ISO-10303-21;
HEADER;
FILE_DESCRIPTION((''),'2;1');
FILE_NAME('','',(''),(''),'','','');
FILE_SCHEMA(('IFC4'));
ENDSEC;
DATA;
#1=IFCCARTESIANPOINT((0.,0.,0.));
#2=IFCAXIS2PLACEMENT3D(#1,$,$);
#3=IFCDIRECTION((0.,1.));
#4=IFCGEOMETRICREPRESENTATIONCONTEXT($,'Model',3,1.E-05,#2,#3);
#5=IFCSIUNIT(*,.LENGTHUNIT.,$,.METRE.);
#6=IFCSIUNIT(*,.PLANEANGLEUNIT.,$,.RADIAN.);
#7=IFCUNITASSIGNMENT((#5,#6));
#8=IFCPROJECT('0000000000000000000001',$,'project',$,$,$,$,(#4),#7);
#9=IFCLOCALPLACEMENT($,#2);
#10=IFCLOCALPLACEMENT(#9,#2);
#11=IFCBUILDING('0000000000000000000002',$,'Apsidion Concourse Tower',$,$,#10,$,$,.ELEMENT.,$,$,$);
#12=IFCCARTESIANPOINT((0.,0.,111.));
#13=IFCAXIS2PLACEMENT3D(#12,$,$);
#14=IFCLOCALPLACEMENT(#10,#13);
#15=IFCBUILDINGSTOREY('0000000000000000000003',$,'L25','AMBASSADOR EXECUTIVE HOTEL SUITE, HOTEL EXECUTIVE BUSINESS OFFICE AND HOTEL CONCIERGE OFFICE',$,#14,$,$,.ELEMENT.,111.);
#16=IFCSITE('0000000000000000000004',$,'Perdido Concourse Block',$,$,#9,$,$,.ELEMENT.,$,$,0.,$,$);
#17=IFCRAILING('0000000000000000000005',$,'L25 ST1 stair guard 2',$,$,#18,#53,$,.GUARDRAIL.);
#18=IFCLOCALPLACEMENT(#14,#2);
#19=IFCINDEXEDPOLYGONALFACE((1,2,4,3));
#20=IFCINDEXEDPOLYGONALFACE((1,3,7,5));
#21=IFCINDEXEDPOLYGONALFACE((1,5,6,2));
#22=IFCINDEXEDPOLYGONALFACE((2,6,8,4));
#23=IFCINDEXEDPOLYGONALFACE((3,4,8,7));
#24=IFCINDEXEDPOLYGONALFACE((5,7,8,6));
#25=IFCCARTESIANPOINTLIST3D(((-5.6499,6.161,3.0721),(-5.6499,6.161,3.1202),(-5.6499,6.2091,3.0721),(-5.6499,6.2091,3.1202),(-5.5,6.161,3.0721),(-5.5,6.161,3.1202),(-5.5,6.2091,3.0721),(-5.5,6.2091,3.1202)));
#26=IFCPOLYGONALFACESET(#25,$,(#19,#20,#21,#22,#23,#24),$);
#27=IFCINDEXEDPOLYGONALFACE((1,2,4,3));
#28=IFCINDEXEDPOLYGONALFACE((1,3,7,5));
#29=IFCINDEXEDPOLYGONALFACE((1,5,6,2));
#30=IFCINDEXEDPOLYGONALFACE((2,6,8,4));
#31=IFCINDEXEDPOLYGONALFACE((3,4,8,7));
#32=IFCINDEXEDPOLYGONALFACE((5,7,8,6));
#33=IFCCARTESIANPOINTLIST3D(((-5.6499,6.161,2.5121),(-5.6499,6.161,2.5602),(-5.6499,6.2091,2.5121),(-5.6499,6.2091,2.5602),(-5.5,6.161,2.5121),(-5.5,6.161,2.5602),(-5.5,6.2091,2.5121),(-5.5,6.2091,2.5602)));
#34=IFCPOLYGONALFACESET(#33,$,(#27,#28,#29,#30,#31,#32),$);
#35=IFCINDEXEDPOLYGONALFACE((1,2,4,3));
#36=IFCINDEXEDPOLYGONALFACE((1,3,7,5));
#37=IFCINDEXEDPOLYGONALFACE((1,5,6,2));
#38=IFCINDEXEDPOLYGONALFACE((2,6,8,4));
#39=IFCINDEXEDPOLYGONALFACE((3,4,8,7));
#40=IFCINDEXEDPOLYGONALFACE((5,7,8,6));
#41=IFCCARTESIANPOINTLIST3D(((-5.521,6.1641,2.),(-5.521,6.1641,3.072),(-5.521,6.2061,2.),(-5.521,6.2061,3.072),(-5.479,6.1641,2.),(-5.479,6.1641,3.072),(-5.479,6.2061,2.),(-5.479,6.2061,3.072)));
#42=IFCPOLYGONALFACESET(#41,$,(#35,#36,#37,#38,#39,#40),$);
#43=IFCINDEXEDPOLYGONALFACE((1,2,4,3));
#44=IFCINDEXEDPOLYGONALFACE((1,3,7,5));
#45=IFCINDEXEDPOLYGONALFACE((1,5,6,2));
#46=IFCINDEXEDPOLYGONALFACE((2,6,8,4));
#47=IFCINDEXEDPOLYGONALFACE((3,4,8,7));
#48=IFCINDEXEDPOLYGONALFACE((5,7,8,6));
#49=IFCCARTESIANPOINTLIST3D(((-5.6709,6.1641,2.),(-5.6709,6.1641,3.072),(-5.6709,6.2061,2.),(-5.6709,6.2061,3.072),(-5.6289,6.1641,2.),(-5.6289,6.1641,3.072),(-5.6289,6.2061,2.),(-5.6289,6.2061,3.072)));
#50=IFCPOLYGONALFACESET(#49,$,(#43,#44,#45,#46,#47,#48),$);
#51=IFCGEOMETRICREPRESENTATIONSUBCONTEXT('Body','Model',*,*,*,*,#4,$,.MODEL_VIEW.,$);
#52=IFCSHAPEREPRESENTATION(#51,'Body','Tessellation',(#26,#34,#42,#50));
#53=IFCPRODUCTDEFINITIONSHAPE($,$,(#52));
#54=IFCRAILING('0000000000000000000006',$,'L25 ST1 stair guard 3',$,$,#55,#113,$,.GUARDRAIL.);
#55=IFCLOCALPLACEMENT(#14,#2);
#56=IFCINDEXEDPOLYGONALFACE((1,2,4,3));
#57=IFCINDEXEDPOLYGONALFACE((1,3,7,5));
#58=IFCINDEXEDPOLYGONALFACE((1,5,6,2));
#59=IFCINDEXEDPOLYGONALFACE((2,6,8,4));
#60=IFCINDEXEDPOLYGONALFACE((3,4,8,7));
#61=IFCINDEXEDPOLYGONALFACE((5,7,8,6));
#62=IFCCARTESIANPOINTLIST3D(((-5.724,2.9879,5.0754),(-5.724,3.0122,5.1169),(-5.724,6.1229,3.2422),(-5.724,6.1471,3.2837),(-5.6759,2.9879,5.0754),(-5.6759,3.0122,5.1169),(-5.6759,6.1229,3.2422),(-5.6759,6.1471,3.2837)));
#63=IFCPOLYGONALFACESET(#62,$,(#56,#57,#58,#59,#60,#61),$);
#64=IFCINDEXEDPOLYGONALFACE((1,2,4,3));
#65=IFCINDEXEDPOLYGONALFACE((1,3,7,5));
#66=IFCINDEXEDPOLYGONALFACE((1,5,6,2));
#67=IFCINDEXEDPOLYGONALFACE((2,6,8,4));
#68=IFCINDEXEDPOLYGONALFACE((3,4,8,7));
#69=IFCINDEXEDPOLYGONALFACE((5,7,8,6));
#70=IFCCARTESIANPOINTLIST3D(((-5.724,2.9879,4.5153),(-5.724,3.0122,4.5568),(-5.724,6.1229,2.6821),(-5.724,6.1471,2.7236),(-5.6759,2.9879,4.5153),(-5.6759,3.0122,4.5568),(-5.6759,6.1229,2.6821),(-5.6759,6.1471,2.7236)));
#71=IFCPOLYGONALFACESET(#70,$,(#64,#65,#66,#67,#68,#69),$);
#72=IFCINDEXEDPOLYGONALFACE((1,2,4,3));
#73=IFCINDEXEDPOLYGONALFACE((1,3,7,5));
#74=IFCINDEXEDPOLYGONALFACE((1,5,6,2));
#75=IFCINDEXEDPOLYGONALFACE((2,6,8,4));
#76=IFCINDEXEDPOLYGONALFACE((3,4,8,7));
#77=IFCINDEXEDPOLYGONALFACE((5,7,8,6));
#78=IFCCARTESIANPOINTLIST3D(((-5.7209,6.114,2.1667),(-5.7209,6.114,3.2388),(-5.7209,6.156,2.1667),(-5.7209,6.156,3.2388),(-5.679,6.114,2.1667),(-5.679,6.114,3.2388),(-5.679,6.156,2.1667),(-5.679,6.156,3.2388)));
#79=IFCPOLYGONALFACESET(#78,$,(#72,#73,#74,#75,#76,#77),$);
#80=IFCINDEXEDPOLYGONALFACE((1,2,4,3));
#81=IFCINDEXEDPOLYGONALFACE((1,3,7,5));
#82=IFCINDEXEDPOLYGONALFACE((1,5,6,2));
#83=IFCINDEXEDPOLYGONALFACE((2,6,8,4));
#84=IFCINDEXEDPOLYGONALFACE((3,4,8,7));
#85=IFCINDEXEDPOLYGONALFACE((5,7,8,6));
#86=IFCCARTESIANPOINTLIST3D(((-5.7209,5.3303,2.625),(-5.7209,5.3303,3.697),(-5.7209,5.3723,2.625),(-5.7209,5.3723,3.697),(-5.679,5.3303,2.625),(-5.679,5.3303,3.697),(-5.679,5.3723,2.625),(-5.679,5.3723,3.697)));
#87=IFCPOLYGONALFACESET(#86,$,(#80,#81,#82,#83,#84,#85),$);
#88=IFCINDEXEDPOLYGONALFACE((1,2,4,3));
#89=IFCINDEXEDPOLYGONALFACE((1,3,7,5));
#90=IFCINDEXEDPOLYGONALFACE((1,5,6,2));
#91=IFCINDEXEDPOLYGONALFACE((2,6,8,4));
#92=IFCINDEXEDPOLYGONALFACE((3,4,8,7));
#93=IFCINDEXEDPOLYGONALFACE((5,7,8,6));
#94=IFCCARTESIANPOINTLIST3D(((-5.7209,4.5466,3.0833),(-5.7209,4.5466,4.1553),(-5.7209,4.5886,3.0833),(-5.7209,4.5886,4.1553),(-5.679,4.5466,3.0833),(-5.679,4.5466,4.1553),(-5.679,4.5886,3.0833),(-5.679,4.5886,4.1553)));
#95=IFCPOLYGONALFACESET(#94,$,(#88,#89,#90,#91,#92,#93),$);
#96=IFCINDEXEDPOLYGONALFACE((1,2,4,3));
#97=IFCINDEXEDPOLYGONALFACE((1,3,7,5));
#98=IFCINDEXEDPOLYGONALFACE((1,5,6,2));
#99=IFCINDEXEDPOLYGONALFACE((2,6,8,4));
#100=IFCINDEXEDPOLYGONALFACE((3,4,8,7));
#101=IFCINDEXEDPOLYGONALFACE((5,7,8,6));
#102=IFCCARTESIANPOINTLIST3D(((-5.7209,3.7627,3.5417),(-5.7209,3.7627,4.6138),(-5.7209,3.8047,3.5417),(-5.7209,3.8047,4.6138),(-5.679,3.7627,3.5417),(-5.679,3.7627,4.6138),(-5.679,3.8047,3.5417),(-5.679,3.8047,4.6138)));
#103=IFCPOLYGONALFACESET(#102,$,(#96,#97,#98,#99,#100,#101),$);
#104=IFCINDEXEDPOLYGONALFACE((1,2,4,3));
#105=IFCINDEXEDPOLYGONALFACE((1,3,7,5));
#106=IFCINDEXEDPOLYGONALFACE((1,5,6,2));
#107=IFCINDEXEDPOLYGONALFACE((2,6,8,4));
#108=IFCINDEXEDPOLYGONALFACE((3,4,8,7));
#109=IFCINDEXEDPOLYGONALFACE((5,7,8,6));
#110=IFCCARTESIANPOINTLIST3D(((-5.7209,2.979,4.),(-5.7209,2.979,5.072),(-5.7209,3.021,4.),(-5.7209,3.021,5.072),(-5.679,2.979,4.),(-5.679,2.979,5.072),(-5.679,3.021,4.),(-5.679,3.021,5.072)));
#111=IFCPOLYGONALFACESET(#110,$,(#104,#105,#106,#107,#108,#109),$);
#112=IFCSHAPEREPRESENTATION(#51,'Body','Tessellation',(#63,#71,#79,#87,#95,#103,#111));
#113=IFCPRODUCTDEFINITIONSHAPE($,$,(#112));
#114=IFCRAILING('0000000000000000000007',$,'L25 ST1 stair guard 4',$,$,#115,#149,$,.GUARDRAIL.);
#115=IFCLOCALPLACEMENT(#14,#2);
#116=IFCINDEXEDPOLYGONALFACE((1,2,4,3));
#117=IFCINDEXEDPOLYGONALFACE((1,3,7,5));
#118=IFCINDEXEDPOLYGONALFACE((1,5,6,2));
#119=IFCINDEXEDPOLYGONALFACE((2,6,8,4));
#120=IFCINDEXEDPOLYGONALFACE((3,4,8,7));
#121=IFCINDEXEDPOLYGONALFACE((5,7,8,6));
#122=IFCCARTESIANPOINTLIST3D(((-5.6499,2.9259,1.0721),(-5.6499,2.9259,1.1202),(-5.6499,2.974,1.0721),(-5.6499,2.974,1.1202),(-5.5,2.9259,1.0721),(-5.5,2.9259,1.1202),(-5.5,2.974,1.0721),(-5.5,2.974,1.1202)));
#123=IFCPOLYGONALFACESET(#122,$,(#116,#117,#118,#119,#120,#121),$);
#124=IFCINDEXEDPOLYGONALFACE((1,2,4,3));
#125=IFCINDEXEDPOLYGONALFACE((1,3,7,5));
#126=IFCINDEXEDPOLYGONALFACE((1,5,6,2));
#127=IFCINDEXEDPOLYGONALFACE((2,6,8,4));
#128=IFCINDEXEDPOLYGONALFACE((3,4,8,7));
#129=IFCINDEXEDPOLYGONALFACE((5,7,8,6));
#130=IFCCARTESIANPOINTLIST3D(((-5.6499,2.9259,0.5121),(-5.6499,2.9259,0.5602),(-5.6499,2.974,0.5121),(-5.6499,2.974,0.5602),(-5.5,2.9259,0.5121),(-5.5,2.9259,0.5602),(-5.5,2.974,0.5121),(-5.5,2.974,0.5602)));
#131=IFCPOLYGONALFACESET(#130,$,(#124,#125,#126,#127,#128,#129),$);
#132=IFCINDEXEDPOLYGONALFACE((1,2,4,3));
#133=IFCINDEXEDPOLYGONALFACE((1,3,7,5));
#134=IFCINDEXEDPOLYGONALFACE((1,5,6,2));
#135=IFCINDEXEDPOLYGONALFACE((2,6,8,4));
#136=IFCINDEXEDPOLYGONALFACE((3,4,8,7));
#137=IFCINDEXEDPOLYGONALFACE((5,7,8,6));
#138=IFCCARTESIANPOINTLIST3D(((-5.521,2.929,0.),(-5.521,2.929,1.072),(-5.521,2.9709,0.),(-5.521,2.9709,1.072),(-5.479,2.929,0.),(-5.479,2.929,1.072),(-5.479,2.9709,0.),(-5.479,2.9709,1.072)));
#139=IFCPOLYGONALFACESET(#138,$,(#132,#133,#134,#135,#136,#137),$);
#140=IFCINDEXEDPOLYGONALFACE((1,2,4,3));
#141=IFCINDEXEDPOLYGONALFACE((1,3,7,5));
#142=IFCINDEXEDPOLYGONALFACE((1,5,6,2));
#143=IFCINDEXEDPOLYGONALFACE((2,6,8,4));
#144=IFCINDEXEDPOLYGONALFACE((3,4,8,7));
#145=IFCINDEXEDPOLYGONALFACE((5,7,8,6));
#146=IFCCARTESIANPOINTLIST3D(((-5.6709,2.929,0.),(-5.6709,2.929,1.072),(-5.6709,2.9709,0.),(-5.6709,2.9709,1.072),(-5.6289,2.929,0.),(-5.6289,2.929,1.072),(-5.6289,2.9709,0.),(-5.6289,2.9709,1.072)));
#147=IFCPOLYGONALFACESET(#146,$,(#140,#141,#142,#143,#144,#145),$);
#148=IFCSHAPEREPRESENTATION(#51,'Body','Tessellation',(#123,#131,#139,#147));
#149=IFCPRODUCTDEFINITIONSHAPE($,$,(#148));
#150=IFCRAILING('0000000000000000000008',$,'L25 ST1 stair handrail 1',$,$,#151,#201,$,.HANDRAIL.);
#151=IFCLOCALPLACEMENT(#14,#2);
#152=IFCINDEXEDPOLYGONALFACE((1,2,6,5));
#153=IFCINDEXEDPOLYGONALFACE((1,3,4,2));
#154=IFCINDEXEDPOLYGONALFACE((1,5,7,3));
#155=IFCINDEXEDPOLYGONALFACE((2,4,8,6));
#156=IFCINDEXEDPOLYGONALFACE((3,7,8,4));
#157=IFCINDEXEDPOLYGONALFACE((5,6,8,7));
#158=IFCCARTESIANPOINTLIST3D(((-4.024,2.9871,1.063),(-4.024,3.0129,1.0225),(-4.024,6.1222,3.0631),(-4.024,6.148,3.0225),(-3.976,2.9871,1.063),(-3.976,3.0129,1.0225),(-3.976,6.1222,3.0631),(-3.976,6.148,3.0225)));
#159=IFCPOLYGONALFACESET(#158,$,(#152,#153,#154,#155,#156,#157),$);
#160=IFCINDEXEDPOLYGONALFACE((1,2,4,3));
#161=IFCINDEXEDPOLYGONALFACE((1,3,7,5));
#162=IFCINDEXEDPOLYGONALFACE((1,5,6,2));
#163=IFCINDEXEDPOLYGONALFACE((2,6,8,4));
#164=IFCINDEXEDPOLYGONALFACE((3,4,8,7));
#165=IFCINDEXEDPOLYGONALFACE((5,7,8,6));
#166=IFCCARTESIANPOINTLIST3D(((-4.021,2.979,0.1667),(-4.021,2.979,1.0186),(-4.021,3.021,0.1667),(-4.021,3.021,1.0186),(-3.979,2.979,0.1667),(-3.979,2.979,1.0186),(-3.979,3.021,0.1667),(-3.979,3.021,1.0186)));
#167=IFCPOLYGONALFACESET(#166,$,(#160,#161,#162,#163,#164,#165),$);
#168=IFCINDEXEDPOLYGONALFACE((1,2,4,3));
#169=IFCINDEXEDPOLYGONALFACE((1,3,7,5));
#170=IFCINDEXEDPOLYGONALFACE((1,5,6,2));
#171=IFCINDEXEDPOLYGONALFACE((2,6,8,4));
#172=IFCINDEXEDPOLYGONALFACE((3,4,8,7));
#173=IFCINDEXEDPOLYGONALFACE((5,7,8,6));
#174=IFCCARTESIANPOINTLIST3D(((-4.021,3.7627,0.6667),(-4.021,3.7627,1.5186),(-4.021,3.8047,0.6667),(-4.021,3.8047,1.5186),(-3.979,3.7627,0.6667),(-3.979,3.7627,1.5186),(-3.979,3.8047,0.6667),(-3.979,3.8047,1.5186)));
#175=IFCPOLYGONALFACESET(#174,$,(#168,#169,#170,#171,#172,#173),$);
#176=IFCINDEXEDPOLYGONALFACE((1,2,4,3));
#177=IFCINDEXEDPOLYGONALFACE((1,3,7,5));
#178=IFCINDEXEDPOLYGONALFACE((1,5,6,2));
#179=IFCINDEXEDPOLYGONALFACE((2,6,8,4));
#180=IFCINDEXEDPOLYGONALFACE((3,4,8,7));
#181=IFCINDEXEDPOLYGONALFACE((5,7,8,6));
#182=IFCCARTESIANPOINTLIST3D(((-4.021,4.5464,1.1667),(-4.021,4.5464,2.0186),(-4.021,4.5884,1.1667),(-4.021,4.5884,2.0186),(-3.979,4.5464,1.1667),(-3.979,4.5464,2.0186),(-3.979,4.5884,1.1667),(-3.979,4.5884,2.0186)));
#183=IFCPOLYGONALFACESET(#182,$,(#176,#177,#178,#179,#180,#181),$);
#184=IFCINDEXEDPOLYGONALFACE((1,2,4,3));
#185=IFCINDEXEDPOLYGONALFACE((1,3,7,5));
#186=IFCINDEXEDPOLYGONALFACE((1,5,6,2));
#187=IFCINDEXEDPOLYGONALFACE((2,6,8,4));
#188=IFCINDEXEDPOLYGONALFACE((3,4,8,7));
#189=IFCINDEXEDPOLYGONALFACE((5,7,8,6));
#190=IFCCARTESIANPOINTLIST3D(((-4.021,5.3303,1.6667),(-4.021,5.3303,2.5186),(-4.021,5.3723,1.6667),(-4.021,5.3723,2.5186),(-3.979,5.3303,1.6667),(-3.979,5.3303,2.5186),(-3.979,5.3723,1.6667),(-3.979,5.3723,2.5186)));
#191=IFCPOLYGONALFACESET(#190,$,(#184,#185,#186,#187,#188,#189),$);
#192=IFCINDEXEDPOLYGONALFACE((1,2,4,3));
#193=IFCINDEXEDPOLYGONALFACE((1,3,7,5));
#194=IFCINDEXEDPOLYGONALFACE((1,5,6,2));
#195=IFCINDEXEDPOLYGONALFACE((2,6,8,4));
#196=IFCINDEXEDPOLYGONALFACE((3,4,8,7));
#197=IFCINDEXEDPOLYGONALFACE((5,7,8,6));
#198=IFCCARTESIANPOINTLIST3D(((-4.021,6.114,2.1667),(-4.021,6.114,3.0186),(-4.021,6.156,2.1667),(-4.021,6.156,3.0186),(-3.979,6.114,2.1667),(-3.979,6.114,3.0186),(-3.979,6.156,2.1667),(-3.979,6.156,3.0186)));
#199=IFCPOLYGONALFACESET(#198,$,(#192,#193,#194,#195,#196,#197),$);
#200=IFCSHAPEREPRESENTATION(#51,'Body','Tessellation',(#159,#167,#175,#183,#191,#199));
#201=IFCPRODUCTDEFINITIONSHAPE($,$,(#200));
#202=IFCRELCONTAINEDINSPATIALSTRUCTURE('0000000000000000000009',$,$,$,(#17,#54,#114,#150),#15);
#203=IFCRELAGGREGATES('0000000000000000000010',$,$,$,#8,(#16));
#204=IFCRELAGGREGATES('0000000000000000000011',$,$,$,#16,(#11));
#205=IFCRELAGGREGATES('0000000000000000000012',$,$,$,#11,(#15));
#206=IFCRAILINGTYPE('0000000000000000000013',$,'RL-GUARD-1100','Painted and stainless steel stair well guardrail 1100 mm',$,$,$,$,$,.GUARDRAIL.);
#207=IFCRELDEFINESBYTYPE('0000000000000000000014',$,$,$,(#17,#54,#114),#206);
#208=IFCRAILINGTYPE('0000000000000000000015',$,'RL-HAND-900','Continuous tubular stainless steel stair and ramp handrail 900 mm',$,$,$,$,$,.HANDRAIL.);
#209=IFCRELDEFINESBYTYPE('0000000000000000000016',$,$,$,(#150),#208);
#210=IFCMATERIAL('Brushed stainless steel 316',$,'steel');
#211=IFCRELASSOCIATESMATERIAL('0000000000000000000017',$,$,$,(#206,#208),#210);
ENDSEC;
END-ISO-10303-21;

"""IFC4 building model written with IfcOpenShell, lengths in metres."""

from ifc_helpers import new_model, si_unit, direction, frame, origin, origin_2d, place, context, subcontext, project, spatial, rectangle, extrude, material, type_object, element, save


model = new_model("IFC4")

# Units and contexts
model_context = context("Model", 3, precision=1e-05, world=origin(), true_north=direction((0.0, 1.0)))
body_context = subcontext(model_context, "Body", "Model", "MODEL_VIEW")
ifc_project = project(units=[si_unit("LENGTHUNIT", "METRE"), si_unit("PLANEANGLEUNIT", "RADIAN")], contexts=[model_context])

# Site, building, storey
site_placement = place(None, origin())
site = spatial("IfcSite", under=ifc_project, at=site_placement, Name="Perdido Concourse Block", CompositionType="ELEMENT", RefElevation=0.0)
building_placement = place(site_placement, origin())
building = spatial("IfcBuilding", under=site, at=building_placement, Name="Apsidion Concourse Tower", CompositionType="ELEMENT")
storey_placement = place(building_placement, frame((0.0, 0.0, 111.0)))
storey = spatial("IfcBuildingStorey", under=building, at=storey_placement, Name="L25", Description="AMBASSADOR EXECUTIVE HOTEL SUITE, HOTEL EXECUTIVE BUSINESS OFFICE AND HOTEL CONCIERGE OFFICE", CompositionType="ELEMENT", Elevation=111.0)

# Railings
ifc_material_1 = material(Name="Brushed stainless steel 316", Category="steel")
railing_type_1 = type_object("IfcRailingType", Name="RL-GUARD-1100", Description="Painted and stainless steel stair well guardrail 1100 mm", PredefinedType="GUARDRAIL", material=ifc_material_1)
railing_1_placement = place(storey_placement, frame((-5.5, 6.1851, 2.0)))
element("IfcRailing", 1, at=railing_1_placement, inside=storey, type_object=railing_type_1, Name="L25 ST1 stair guard 2", PredefinedType="GUARDRAIL", context=body_context, shape_type="SweptSolid", body=[
    extrude(rectangle(XDim=0.0481, YDim=0.0481, at=origin_2d()), frame((0.0, 0.0, 1.0962), z_axis=(-1.0, 0.0, 0.0), x_axis=(0.0, -1.0, 0.0)), (0.0, 0.0, 1.0), 0.1499),
    extrude(rectangle(XDim=0.0481, YDim=0.0481, at=origin_2d()), frame((0.0, 0.0, 0.5361), z_axis=(-1.0, 0.0, 0.0), x_axis=(0.0, -1.0, 0.0)), (0.0, 0.0, 1.0), 0.1499),
    extrude(rectangle(XDim=0.042, YDim=0.042, at=origin_2d()), origin(), (0.0, 0.0, 1.0), 1.072),
    extrude(rectangle(XDim=0.042, YDim=0.042, at=origin_2d()), frame((-0.1499, 0.0, 0.0)), (0.0, 0.0, 1.0), 1.072),
])
railing_2_placement = place(storey_placement, frame((-5.7, 6.135, 2.1667)))
element("IfcRailing", 2, at=railing_2_placement, inside=storey, type_object=railing_type_1, Name="L25 ST1 stair guard 3", PredefinedType="GUARDRAIL", context=body_context, shape_type="SweptSolid", body=[
    extrude(rectangle(XDim=0.0481, YDim=0.0481, at=origin_2d()), frame((0.0, 0.0, 1.0962), z_axis=(0.0, -0.86324, 0.504794), x_axis=(1.0, 0.0, 0.0)), (0.0, 0.0, 1.0), 3.6316),
    extrude(rectangle(XDim=0.0481, YDim=0.0481, at=origin_2d()), frame((0.0, 0.0, 0.5361), z_axis=(0.0, -0.86324, 0.504794), x_axis=(1.0, 0.0, 0.0)), (0.0, 0.0, 1.0), 3.6316),
    extrude(rectangle(XDim=0.042, YDim=0.042, at=origin_2d()), origin(), (0.0, 0.0, 1.0), 1.072),
    extrude(rectangle(XDim=0.042, YDim=0.042, at=origin_2d()), frame((0.0, -0.7837, 0.4583)), (0.0, 0.0, 1.0), 1.072),
    extrude(rectangle(XDim=0.042, YDim=0.042, at=origin_2d()), frame((0.0, -1.5674, 0.9165)), (0.0, 0.0, 1.0), 1.072),
    extrude(rectangle(XDim=0.042, YDim=0.042, at=origin_2d()), frame((0.0, -2.3513, 1.375)), (0.0, 0.0, 1.0), 1.072),
    extrude(rectangle(XDim=0.042, YDim=0.042, at=origin_2d()), frame((0.0, -3.135, 1.8333)), (0.0, 0.0, 1.0), 1.072),
])
railing_3_placement = place(storey_placement, frame((-5.5, 2.95, 0.0)))
element("IfcRailing", 3, at=railing_3_placement, inside=storey, type_object=railing_type_1, Name="L25 ST1 stair guard 4", PredefinedType="GUARDRAIL", context=body_context, shape_type="SweptSolid", body=[
    extrude(rectangle(XDim=0.0481, YDim=0.0481, at=origin_2d()), frame((0.0, 0.0, 1.0962), z_axis=(-1.0, 0.0, 0.0), x_axis=(0.0, -1.0, 0.0)), (0.0, 0.0, 1.0), 0.1499),
    extrude(rectangle(XDim=0.0481, YDim=0.0481, at=origin_2d()), frame((0.0, 0.0, 0.5361), z_axis=(-1.0, 0.0, 0.0), x_axis=(0.0, -1.0, 0.0)), (0.0, 0.0, 1.0), 0.1499),
    extrude(rectangle(XDim=0.042, YDim=0.042, at=origin_2d()), origin(), (0.0, 0.0, 1.0), 1.072),
    extrude(rectangle(XDim=0.042, YDim=0.042, at=origin_2d()), frame((-0.1499, 0.0, 0.0)), (0.0, 0.0, 1.0), 1.072),
])
railing_type_2 = type_object("IfcRailingType", Name="RL-HAND-900", Description="Continuous tubular stainless steel stair and ramp handrail 900 mm", PredefinedType="HANDRAIL", material=ifc_material_1)
railing_4_placement = place(storey_placement, frame((-4.0, 3.0, 0.1667)))
element("IfcRailing", 4, at=railing_4_placement, inside=storey, type_object=railing_type_2, Name="L25 ST1 stair handrail 1", PredefinedType="HANDRAIL", context=body_context, shape_type="SweptSolid", body=[
    extrude(rectangle(XDim=0.0481, YDim=0.0481, at=origin_2d()), frame((0.0, 0.0, 0.876), z_axis=(0.0, 0.843053, 0.537831), x_axis=(-1.0, 0.0, 0.0)), (0.0, 0.0, 1.0), 3.7188),
    extrude(rectangle(XDim=0.042, YDim=0.042, at=origin_2d()), origin(), (0.0, 0.0, 1.0), 0.8518),
    extrude(rectangle(XDim=0.042, YDim=0.042, at=origin_2d()), frame((0.0, 0.7837, 0.5)), (0.0, 0.0, 1.0), 0.8518),
    extrude(rectangle(XDim=0.042, YDim=0.042, at=origin_2d()), frame((0.0, 1.5674, 1.0)), (0.0, 0.0, 1.0), 0.8518),
    extrude(rectangle(XDim=0.042, YDim=0.042, at=origin_2d()), frame((0.0, 2.3513, 1.5)), (0.0, 0.0, 1.0), 0.8518),
    extrude(rectangle(XDim=0.042, YDim=0.042, at=origin_2d()), frame((0.0, 3.135, 2.0)), (0.0, 0.0, 1.0), 0.8518),
])

save(model, "model.ifc")
